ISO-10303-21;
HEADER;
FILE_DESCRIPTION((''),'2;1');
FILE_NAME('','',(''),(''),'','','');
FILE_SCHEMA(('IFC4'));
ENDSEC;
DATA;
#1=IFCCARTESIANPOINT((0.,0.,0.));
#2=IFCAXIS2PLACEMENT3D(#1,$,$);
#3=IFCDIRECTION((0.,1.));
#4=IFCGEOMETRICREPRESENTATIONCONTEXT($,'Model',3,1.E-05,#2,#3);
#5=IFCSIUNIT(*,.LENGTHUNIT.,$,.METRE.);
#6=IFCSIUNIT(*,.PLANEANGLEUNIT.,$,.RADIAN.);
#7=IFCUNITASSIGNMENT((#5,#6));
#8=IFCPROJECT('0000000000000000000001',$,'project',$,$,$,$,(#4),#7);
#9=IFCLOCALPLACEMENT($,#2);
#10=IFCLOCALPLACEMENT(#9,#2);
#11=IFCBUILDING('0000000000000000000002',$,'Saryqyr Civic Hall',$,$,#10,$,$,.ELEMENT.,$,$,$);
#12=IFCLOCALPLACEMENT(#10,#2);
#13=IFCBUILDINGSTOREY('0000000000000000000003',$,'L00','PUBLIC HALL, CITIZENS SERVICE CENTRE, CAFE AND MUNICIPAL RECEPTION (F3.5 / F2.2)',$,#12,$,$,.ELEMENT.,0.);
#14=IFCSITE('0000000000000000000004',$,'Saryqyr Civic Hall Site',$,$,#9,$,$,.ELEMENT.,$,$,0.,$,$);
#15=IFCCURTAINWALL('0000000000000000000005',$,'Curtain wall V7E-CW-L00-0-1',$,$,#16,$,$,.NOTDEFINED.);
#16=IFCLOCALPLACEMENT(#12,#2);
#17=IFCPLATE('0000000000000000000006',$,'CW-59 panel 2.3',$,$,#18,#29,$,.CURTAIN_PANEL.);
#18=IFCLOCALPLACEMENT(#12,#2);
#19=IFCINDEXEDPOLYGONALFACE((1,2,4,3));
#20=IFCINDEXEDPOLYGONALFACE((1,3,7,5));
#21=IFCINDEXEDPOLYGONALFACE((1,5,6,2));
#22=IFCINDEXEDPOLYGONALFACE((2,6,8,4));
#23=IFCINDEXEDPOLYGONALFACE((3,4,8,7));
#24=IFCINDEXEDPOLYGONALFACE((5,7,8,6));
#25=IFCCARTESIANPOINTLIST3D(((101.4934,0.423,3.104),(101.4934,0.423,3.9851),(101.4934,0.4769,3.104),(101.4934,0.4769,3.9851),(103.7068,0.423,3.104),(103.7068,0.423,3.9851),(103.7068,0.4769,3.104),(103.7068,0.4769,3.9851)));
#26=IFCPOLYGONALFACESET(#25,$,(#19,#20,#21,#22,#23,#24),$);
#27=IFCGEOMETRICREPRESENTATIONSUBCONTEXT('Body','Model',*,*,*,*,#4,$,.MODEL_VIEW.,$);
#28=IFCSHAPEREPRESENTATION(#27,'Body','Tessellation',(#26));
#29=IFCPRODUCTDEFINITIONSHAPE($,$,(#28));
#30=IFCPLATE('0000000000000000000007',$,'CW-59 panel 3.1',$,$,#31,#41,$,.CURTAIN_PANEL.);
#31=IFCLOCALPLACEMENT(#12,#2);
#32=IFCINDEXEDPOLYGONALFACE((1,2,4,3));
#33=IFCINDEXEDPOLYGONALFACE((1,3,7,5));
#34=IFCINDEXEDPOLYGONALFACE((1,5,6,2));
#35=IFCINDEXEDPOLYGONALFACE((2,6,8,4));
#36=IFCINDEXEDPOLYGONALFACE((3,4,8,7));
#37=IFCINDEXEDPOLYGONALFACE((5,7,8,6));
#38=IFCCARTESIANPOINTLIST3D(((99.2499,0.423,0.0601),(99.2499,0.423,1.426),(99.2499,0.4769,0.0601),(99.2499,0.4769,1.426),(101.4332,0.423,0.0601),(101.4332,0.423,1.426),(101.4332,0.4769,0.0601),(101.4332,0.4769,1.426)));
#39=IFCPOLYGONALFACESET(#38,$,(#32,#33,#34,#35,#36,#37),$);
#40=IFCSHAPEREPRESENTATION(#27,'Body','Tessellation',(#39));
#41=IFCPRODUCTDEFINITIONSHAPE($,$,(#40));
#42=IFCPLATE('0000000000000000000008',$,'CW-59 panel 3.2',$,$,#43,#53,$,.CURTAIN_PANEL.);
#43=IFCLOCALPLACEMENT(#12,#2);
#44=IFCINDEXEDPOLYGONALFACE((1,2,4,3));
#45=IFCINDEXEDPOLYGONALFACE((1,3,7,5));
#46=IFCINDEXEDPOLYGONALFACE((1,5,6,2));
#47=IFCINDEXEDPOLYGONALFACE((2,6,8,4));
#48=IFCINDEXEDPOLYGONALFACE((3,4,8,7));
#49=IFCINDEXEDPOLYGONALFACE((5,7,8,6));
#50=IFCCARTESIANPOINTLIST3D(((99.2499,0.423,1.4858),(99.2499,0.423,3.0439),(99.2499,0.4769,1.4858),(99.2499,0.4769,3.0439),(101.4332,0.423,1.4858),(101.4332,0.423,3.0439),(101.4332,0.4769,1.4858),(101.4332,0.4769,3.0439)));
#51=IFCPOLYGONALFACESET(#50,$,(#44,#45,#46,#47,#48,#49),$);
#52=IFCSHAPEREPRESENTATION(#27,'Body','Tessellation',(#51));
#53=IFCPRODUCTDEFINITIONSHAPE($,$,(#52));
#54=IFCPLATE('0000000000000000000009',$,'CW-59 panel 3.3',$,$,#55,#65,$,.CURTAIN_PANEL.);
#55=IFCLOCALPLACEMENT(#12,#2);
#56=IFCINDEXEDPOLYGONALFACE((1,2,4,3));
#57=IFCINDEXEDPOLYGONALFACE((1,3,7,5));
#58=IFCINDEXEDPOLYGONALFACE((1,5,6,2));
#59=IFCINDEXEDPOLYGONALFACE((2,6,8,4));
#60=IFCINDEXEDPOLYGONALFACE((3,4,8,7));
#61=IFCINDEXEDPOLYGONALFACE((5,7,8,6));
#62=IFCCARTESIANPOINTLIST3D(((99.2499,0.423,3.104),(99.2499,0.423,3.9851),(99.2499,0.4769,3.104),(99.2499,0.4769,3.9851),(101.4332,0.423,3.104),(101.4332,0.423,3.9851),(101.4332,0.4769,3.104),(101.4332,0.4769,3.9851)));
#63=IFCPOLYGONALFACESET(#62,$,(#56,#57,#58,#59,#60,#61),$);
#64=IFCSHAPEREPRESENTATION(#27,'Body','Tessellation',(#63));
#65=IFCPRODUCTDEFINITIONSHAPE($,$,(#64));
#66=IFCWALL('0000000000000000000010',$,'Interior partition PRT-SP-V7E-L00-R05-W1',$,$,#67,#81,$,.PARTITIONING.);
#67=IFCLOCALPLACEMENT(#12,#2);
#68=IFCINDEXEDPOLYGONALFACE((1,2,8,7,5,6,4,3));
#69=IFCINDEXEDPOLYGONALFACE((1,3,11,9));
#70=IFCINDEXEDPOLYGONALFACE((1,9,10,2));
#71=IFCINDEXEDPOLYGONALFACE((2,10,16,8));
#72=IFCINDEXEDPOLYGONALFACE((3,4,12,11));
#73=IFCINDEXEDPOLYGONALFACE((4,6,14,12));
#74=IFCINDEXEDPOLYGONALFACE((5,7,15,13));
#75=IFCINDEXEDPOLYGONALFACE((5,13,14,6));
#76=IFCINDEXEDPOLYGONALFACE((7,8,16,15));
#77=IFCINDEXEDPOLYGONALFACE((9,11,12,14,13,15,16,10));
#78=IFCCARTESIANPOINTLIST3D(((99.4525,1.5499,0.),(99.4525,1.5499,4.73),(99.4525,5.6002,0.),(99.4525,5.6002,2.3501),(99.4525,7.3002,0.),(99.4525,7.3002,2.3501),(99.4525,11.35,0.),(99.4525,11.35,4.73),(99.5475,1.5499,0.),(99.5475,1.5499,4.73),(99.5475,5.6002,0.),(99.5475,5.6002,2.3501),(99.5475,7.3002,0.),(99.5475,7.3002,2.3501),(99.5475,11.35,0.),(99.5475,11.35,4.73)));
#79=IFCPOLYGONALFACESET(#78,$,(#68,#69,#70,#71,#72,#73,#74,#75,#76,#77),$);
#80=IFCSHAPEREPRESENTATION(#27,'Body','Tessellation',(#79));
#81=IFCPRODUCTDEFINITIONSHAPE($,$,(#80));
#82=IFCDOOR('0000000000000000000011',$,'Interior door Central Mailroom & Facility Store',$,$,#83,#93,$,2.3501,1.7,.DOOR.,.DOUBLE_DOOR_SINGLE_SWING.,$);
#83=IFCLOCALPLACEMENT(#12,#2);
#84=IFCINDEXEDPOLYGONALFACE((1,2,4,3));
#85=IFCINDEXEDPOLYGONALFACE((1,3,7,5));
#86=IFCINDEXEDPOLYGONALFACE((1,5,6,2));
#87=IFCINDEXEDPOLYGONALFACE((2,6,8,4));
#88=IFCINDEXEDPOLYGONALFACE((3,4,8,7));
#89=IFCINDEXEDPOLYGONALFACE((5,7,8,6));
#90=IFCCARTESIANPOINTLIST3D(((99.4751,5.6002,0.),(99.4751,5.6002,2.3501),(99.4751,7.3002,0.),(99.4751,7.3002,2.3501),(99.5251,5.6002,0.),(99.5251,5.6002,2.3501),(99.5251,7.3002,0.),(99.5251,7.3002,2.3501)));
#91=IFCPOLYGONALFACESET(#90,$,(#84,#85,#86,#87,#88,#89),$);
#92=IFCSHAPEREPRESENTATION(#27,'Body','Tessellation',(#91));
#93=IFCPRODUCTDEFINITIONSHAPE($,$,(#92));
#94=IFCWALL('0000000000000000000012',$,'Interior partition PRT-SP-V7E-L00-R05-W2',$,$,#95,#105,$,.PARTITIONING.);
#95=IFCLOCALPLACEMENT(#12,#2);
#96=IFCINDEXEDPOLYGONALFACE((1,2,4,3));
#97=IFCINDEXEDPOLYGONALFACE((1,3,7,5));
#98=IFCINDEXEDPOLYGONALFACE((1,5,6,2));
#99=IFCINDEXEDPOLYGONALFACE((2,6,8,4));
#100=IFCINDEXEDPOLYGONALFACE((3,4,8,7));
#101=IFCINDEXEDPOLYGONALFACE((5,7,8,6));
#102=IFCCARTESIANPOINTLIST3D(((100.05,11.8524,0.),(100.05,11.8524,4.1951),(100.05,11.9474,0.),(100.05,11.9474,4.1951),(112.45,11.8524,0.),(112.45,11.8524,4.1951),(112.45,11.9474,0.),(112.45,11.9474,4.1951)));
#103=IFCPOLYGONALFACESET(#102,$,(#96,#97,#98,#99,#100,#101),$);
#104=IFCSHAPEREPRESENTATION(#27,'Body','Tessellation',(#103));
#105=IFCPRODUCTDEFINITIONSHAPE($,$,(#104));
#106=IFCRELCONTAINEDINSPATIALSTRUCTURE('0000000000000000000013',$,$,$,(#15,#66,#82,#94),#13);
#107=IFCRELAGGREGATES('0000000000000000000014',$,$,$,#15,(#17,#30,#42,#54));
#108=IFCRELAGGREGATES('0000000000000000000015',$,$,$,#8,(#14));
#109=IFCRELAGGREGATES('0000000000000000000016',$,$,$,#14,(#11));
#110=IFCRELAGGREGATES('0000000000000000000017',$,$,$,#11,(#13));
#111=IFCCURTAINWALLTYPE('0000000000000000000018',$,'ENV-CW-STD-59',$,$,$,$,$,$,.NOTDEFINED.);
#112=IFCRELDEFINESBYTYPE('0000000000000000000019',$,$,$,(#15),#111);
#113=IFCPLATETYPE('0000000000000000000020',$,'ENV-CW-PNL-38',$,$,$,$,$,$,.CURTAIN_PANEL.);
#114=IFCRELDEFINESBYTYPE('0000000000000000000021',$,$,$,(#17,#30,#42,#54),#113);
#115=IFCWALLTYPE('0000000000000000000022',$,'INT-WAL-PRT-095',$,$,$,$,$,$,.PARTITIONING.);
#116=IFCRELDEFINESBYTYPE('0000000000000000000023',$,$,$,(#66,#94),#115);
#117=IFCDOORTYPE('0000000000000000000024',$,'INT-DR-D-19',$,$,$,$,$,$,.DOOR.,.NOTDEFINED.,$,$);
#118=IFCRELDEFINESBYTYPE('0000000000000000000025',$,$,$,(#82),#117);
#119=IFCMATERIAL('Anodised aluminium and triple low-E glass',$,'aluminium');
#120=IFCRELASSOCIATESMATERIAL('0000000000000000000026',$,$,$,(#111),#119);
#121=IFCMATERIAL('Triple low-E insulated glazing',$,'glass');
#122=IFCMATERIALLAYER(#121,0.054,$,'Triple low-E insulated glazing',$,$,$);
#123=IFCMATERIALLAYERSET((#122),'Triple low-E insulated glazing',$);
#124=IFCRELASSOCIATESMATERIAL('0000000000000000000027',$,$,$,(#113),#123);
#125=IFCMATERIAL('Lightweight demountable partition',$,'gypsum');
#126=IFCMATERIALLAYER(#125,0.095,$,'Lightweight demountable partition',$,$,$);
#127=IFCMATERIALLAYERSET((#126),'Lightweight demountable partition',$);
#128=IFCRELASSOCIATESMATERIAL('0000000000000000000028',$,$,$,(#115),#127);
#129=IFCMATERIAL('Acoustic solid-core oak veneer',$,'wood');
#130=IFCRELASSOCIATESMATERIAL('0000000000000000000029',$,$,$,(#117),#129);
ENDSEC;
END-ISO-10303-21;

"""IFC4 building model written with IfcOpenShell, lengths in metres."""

from ifc_helpers import new_model, si_unit, direction, frame, frame_2d, origin, origin_2d, place, context, subcontext, project, spatial, rectangle, extrude, material, layer, layer_set, type_object, element, fill, aggregate, save


model = new_model("IFC4")

# Units and contexts
model_context = context("Model", 3, precision=1e-05, world=origin(), true_north=direction((0.0, 1.0)))
body_context = subcontext(model_context, "Body", "Model", "MODEL_VIEW")
ifc_project = project(units=[si_unit("LENGTHUNIT", "METRE"), si_unit("PLANEANGLEUNIT", "RADIAN")], contexts=[model_context])

# Site, building, storey
site_placement = place(None, origin())
site = spatial("IfcSite", under=ifc_project, at=site_placement, Name="Saryqyr Civic Hall Site", CompositionType="ELEMENT", RefElevation=0.0)
building_placement = place(site_placement, origin())
building = spatial("IfcBuilding", under=site, at=building_placement, Name="Saryqyr Civic Hall", CompositionType="ELEMENT")
storey_placement = place(building_placement, origin())
storey = spatial("IfcBuildingStorey", under=building, at=storey_placement, Name="L00", Description="PUBLIC HALL, CITIZENS SERVICE CENTRE, CAFE AND MUNICIPAL RECEPTION (F3.5 / F2.2)", CompositionType="ELEMENT", Elevation=0.0)

# Curtain wall
ifc_material_1 = material(Name="Anodised aluminium and triple low-E glass", Category="aluminium")
curtain_wall_type = type_object("IfcCurtainWallType", Name="ENV-CW-STD-59", PredefinedType="NOTDEFINED", material=ifc_material_1)
curtain_wall_placement = place(storey_placement, origin())
curtain_wall = element("IfcCurtainWall", 1, at=curtain_wall_placement, inside=storey, type_object=curtain_wall_type, Name="Curtain wall V7E-CW-L00-0-1", PredefinedType="NOTDEFINED")

# Plates
ifc_material_2 = material(Name="Triple low-E insulated glazing", Category="glass")
ifc_layer_1 = layer(ifc_material_2, 0.054, Name="Triple low-E insulated glazing")
ifc_layer_set_1 = layer_set([ifc_layer_1], Name="Triple low-E insulated glazing")
plate_type = type_object("IfcPlateType", Name="ENV-CW-PNL-38", PredefinedType="CURTAIN_PANEL", material=ifc_layer_set_1)
plate_1_placement = place(storey_placement, frame((102.6001, 0.45, 3.104), z_axis=(0.0, 0.0, 1.0), x_axis=(-1.0, 0.0, 0.0)))
plate_1 = element("IfcPlate", 2, at=plate_1_placement, type_object=plate_type, Name="CW-59 panel 2.3", PredefinedType="CURTAIN_PANEL", context=body_context, shape_type="SweptSolid", body=[
    extrude(rectangle(XDim=2.2134, YDim=0.054, at=origin_2d()), origin(), (0.0, 0.0, 1.0), 0.8811),
])
plate_2_placement = place(storey_placement, frame((100.3416, 0.45, 0.0601), z_axis=(0.0, 0.0, 1.0), x_axis=(-1.0, 0.0, 0.0)))
plate_2 = element("IfcPlate", 3, at=plate_2_placement, type_object=plate_type, Name="CW-59 panel 3.1", PredefinedType="CURTAIN_PANEL", context=body_context, shape_type="SweptSolid", body=[
    extrude(rectangle(XDim=2.1833, YDim=0.054, at=origin_2d()), origin(), (0.0, 0.0, 1.0), 1.366),
])
plate_3_placement = place(storey_placement, frame((100.3416, 0.45, 1.4858), z_axis=(0.0, 0.0, 1.0), x_axis=(-1.0, 0.0, 0.0)))
plate_3 = element("IfcPlate", 4, at=plate_3_placement, type_object=plate_type, Name="CW-59 panel 3.2", PredefinedType="CURTAIN_PANEL", context=body_context, shape_type="SweptSolid", body=[
    extrude(rectangle(XDim=2.1833, YDim=0.054, at=origin_2d()), origin(), (0.0, 0.0, 1.0), 1.5581),
])
plate_4_placement = place(storey_placement, frame((100.3416, 0.45, 3.104), z_axis=(0.0, 0.0, 1.0), x_axis=(-1.0, 0.0, 0.0)))
plate_4 = element("IfcPlate", 5, at=plate_4_placement, type_object=plate_type, Name="CW-59 panel 3.3", PredefinedType="CURTAIN_PANEL", context=body_context, shape_type="SweptSolid", body=[
    extrude(rectangle(XDim=2.1833, YDim=0.054, at=origin_2d()), origin(), (0.0, 0.0, 1.0), 0.8811),
])
aggregate(curtain_wall, [plate_1, plate_2, plate_3, plate_4])

# Wall, opening, door
ifc_material_3 = material(Name="Lightweight demountable partition", Category="gypsum")
ifc_layer_2 = layer(ifc_material_3, 0.095, Name="Lightweight demountable partition")
ifc_layer_set_2 = layer_set([ifc_layer_2], Name="Lightweight demountable partition")
wall_type = type_object("IfcWallType", Name="INT-WAL-PRT-095", PredefinedType="PARTITIONING", material=ifc_layer_set_2)
wall_1_placement = place(storey_placement, frame((99.5, 1.55, 0.0), z_axis=(0.0, 0.0, 1.0), x_axis=(0.0, 1.0, 0.0)))
wall_1 = element("IfcWall", 6, at=wall_1_placement, inside=storey, type_object=wall_type, Name="Interior partition PRT-SP-V7E-L00-R05-W1", PredefinedType="PARTITIONING", context=body_context, shape_type="SweptSolid", body=[
    extrude(rectangle(XDim=9.8, YDim=0.095, at=frame_2d((4.8999, 0.0))), origin(), (0.0, 0.0, 1.0), 4.73),
])
opening_placement = place(wall_1_placement, frame((4.05, 0.0, 0.0)))
opening = element("IfcOpeningElement", 7, at=opening_placement, cuts=wall_1, PredefinedType="OPENING", context=body_context, shape_type="SweptSolid", body=[
    extrude(rectangle(XDim=1.7, YDim=2.3501, at=frame_2d((0.8501, 1.175))), frame((0.0, 0.0574, 0.0), z_axis=(0.0, -1.0, 0.0), x_axis=(1.0, 0.0, 0.0)), (0.0, 0.0, 1.0), 0.115),
])
ifc_material_4 = material(Name="Acoustic solid-core oak veneer", Category="wood")
door_type = type_object("IfcDoorType", Name="INT-DR-D-19", OperationType="NOTDEFINED", PredefinedType="DOOR", material=ifc_material_4)
door_placement = place(opening_placement, origin())
door = element("IfcDoor", 8, at=door_placement, inside=storey, type_object=door_type, Name="Interior door Central Mailroom & Facility Store", OperationType="DOUBLE_DOOR_SINGLE_SWING", OverallHeight=2.3501, OverallWidth=1.7, PredefinedType="DOOR", context=body_context, shape_type="SweptSolid", body=[
    extrude(rectangle(XDim=1.7, YDim=2.3501, at=frame_2d((0.8501, 1.175))), frame((0.0, 0.0249, 0.0), z_axis=(0.0, -1.0, 0.0), x_axis=(1.0, 0.0, 0.0)), (0.0, 0.0, 1.0), 0.05),
])
fill(opening, door)

# Wall
wall_2_placement = place(storey_placement, frame((100.05, 11.8999, 0.0), z_axis=(0.0, 0.0, 1.0), x_axis=(1.0, 0.0, 0.0)))
element("IfcWall", 9, at=wall_2_placement, inside=storey, type_object=wall_type, Name="Interior partition PRT-SP-V7E-L00-R05-W2", PredefinedType="PARTITIONING", context=body_context, shape_type="SweptSolid", body=[
    extrude(rectangle(XDim=12.3999, YDim=0.095, at=frame_2d((6.2, 0.0))), origin(), (0.0, 0.0, 1.0), 4.1951),
])

save(model, "model.ifc")
